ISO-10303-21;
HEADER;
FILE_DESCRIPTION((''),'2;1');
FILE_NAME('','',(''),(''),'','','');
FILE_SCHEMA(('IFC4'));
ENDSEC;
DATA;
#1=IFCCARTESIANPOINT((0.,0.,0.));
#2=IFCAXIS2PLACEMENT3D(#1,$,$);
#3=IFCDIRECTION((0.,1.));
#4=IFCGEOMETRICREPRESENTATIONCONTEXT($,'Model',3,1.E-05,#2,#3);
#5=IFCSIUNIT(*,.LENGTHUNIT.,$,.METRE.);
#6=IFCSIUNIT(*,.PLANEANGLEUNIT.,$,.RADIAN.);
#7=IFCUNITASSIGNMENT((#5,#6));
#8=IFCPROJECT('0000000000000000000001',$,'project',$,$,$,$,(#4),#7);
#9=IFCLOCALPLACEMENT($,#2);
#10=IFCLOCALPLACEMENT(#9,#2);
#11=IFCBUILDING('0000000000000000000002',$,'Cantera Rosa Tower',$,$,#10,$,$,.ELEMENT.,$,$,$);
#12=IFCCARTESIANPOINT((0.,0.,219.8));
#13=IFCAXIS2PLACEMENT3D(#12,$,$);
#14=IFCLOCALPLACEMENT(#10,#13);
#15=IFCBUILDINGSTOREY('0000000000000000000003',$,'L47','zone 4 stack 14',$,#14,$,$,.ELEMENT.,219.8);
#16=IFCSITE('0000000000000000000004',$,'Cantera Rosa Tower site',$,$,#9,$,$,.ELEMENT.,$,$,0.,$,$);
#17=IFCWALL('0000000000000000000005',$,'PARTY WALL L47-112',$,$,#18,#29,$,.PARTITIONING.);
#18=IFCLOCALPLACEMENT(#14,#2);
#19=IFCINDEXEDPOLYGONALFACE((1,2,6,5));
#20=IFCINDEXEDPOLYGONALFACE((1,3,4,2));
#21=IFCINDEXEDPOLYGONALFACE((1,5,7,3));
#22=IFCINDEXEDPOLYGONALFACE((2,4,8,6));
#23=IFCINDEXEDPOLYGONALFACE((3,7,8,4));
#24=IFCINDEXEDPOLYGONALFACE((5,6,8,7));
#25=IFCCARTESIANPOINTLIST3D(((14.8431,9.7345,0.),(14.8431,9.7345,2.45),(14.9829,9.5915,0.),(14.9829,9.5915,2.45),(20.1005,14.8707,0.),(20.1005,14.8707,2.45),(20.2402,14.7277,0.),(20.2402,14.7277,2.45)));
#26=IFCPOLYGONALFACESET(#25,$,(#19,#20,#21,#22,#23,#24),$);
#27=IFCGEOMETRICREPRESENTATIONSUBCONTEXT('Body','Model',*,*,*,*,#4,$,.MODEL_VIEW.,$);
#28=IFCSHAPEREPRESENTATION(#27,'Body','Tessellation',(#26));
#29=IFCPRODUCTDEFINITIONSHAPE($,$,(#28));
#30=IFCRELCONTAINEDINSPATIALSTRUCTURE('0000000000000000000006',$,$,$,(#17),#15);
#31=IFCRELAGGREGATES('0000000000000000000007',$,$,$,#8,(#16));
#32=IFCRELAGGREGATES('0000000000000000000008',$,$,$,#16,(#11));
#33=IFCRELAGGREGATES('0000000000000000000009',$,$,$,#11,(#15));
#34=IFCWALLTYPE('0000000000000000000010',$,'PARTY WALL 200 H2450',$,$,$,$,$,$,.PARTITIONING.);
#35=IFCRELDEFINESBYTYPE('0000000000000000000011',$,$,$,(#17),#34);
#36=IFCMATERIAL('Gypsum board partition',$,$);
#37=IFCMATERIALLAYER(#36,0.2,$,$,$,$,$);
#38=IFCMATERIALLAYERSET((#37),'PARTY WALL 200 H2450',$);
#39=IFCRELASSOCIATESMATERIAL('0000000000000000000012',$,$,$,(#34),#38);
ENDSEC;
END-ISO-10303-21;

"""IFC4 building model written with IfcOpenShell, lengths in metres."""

from ifc_helpers import new_model, si_unit, direction, frame, frame_2d, origin, place, context, subcontext, project, spatial, rectangle, extrude, material, layer, layer_set, type_object, element, save


model = new_model("IFC4")

# Units and contexts
model_context = context("Model", 3, precision=1e-05, world=origin(), true_north=direction((0.0, 1.0)))
body_context = subcontext(model_context, "Body", "Model", "MODEL_VIEW")
ifc_project = project(units=[si_unit("LENGTHUNIT", "METRE"), si_unit("PLANEANGLEUNIT", "RADIAN")], contexts=[model_context])

# Site, building, storey
site_placement = place(None, origin())
site = spatial("IfcSite", under=ifc_project, at=site_placement, Name="Cantera Rosa Tower site", CompositionType="ELEMENT", RefElevation=0.0)
building_placement = place(site_placement, origin())
building = spatial("IfcBuilding", under=site, at=building_placement, Name="Cantera Rosa Tower", CompositionType="ELEMENT")
storey_placement = place(building_placement, frame((0.0, 0.0, 219.8)))
storey = spatial("IfcBuildingStorey", under=building, at=storey_placement, Name="L47", Description="zone 4 stack 14", CompositionType="ELEMENT", Elevation=219.8)

# Wall
ifc_material_1 = material(Name="Gypsum board partition")
ifc_layer_1 = layer(ifc_material_1, 0.2)
ifc_layer_set_1 = layer_set([ifc_layer_1], Name="PARTY WALL 200 H2450")
wall_type_1 = type_object("IfcWallType", Name="PARTY WALL 200 H2450", PredefinedType="PARTITIONING", material=ifc_layer_set_1)
wall_1_placement = place(storey_placement, frame((14.9131, 9.6631, 0.0), z_axis=(0.0, 0.0, 1.0), x_axis=(0.715297, 0.698821, 0.0)))
element("IfcWall", 1, at=wall_1_placement, inside=storey, type_object=wall_type_1, Name="PARTY WALL L47-112", PredefinedType="PARTITIONING", context=body_context, shape_type="SweptSolid", body=[
    extrude(rectangle(XDim=7.3499, YDim=0.2, at=frame_2d((3.6748, 0.0))), origin(), (0.0, 0.0, 1.0), 2.45),
])

save(model, "model.ifc")
